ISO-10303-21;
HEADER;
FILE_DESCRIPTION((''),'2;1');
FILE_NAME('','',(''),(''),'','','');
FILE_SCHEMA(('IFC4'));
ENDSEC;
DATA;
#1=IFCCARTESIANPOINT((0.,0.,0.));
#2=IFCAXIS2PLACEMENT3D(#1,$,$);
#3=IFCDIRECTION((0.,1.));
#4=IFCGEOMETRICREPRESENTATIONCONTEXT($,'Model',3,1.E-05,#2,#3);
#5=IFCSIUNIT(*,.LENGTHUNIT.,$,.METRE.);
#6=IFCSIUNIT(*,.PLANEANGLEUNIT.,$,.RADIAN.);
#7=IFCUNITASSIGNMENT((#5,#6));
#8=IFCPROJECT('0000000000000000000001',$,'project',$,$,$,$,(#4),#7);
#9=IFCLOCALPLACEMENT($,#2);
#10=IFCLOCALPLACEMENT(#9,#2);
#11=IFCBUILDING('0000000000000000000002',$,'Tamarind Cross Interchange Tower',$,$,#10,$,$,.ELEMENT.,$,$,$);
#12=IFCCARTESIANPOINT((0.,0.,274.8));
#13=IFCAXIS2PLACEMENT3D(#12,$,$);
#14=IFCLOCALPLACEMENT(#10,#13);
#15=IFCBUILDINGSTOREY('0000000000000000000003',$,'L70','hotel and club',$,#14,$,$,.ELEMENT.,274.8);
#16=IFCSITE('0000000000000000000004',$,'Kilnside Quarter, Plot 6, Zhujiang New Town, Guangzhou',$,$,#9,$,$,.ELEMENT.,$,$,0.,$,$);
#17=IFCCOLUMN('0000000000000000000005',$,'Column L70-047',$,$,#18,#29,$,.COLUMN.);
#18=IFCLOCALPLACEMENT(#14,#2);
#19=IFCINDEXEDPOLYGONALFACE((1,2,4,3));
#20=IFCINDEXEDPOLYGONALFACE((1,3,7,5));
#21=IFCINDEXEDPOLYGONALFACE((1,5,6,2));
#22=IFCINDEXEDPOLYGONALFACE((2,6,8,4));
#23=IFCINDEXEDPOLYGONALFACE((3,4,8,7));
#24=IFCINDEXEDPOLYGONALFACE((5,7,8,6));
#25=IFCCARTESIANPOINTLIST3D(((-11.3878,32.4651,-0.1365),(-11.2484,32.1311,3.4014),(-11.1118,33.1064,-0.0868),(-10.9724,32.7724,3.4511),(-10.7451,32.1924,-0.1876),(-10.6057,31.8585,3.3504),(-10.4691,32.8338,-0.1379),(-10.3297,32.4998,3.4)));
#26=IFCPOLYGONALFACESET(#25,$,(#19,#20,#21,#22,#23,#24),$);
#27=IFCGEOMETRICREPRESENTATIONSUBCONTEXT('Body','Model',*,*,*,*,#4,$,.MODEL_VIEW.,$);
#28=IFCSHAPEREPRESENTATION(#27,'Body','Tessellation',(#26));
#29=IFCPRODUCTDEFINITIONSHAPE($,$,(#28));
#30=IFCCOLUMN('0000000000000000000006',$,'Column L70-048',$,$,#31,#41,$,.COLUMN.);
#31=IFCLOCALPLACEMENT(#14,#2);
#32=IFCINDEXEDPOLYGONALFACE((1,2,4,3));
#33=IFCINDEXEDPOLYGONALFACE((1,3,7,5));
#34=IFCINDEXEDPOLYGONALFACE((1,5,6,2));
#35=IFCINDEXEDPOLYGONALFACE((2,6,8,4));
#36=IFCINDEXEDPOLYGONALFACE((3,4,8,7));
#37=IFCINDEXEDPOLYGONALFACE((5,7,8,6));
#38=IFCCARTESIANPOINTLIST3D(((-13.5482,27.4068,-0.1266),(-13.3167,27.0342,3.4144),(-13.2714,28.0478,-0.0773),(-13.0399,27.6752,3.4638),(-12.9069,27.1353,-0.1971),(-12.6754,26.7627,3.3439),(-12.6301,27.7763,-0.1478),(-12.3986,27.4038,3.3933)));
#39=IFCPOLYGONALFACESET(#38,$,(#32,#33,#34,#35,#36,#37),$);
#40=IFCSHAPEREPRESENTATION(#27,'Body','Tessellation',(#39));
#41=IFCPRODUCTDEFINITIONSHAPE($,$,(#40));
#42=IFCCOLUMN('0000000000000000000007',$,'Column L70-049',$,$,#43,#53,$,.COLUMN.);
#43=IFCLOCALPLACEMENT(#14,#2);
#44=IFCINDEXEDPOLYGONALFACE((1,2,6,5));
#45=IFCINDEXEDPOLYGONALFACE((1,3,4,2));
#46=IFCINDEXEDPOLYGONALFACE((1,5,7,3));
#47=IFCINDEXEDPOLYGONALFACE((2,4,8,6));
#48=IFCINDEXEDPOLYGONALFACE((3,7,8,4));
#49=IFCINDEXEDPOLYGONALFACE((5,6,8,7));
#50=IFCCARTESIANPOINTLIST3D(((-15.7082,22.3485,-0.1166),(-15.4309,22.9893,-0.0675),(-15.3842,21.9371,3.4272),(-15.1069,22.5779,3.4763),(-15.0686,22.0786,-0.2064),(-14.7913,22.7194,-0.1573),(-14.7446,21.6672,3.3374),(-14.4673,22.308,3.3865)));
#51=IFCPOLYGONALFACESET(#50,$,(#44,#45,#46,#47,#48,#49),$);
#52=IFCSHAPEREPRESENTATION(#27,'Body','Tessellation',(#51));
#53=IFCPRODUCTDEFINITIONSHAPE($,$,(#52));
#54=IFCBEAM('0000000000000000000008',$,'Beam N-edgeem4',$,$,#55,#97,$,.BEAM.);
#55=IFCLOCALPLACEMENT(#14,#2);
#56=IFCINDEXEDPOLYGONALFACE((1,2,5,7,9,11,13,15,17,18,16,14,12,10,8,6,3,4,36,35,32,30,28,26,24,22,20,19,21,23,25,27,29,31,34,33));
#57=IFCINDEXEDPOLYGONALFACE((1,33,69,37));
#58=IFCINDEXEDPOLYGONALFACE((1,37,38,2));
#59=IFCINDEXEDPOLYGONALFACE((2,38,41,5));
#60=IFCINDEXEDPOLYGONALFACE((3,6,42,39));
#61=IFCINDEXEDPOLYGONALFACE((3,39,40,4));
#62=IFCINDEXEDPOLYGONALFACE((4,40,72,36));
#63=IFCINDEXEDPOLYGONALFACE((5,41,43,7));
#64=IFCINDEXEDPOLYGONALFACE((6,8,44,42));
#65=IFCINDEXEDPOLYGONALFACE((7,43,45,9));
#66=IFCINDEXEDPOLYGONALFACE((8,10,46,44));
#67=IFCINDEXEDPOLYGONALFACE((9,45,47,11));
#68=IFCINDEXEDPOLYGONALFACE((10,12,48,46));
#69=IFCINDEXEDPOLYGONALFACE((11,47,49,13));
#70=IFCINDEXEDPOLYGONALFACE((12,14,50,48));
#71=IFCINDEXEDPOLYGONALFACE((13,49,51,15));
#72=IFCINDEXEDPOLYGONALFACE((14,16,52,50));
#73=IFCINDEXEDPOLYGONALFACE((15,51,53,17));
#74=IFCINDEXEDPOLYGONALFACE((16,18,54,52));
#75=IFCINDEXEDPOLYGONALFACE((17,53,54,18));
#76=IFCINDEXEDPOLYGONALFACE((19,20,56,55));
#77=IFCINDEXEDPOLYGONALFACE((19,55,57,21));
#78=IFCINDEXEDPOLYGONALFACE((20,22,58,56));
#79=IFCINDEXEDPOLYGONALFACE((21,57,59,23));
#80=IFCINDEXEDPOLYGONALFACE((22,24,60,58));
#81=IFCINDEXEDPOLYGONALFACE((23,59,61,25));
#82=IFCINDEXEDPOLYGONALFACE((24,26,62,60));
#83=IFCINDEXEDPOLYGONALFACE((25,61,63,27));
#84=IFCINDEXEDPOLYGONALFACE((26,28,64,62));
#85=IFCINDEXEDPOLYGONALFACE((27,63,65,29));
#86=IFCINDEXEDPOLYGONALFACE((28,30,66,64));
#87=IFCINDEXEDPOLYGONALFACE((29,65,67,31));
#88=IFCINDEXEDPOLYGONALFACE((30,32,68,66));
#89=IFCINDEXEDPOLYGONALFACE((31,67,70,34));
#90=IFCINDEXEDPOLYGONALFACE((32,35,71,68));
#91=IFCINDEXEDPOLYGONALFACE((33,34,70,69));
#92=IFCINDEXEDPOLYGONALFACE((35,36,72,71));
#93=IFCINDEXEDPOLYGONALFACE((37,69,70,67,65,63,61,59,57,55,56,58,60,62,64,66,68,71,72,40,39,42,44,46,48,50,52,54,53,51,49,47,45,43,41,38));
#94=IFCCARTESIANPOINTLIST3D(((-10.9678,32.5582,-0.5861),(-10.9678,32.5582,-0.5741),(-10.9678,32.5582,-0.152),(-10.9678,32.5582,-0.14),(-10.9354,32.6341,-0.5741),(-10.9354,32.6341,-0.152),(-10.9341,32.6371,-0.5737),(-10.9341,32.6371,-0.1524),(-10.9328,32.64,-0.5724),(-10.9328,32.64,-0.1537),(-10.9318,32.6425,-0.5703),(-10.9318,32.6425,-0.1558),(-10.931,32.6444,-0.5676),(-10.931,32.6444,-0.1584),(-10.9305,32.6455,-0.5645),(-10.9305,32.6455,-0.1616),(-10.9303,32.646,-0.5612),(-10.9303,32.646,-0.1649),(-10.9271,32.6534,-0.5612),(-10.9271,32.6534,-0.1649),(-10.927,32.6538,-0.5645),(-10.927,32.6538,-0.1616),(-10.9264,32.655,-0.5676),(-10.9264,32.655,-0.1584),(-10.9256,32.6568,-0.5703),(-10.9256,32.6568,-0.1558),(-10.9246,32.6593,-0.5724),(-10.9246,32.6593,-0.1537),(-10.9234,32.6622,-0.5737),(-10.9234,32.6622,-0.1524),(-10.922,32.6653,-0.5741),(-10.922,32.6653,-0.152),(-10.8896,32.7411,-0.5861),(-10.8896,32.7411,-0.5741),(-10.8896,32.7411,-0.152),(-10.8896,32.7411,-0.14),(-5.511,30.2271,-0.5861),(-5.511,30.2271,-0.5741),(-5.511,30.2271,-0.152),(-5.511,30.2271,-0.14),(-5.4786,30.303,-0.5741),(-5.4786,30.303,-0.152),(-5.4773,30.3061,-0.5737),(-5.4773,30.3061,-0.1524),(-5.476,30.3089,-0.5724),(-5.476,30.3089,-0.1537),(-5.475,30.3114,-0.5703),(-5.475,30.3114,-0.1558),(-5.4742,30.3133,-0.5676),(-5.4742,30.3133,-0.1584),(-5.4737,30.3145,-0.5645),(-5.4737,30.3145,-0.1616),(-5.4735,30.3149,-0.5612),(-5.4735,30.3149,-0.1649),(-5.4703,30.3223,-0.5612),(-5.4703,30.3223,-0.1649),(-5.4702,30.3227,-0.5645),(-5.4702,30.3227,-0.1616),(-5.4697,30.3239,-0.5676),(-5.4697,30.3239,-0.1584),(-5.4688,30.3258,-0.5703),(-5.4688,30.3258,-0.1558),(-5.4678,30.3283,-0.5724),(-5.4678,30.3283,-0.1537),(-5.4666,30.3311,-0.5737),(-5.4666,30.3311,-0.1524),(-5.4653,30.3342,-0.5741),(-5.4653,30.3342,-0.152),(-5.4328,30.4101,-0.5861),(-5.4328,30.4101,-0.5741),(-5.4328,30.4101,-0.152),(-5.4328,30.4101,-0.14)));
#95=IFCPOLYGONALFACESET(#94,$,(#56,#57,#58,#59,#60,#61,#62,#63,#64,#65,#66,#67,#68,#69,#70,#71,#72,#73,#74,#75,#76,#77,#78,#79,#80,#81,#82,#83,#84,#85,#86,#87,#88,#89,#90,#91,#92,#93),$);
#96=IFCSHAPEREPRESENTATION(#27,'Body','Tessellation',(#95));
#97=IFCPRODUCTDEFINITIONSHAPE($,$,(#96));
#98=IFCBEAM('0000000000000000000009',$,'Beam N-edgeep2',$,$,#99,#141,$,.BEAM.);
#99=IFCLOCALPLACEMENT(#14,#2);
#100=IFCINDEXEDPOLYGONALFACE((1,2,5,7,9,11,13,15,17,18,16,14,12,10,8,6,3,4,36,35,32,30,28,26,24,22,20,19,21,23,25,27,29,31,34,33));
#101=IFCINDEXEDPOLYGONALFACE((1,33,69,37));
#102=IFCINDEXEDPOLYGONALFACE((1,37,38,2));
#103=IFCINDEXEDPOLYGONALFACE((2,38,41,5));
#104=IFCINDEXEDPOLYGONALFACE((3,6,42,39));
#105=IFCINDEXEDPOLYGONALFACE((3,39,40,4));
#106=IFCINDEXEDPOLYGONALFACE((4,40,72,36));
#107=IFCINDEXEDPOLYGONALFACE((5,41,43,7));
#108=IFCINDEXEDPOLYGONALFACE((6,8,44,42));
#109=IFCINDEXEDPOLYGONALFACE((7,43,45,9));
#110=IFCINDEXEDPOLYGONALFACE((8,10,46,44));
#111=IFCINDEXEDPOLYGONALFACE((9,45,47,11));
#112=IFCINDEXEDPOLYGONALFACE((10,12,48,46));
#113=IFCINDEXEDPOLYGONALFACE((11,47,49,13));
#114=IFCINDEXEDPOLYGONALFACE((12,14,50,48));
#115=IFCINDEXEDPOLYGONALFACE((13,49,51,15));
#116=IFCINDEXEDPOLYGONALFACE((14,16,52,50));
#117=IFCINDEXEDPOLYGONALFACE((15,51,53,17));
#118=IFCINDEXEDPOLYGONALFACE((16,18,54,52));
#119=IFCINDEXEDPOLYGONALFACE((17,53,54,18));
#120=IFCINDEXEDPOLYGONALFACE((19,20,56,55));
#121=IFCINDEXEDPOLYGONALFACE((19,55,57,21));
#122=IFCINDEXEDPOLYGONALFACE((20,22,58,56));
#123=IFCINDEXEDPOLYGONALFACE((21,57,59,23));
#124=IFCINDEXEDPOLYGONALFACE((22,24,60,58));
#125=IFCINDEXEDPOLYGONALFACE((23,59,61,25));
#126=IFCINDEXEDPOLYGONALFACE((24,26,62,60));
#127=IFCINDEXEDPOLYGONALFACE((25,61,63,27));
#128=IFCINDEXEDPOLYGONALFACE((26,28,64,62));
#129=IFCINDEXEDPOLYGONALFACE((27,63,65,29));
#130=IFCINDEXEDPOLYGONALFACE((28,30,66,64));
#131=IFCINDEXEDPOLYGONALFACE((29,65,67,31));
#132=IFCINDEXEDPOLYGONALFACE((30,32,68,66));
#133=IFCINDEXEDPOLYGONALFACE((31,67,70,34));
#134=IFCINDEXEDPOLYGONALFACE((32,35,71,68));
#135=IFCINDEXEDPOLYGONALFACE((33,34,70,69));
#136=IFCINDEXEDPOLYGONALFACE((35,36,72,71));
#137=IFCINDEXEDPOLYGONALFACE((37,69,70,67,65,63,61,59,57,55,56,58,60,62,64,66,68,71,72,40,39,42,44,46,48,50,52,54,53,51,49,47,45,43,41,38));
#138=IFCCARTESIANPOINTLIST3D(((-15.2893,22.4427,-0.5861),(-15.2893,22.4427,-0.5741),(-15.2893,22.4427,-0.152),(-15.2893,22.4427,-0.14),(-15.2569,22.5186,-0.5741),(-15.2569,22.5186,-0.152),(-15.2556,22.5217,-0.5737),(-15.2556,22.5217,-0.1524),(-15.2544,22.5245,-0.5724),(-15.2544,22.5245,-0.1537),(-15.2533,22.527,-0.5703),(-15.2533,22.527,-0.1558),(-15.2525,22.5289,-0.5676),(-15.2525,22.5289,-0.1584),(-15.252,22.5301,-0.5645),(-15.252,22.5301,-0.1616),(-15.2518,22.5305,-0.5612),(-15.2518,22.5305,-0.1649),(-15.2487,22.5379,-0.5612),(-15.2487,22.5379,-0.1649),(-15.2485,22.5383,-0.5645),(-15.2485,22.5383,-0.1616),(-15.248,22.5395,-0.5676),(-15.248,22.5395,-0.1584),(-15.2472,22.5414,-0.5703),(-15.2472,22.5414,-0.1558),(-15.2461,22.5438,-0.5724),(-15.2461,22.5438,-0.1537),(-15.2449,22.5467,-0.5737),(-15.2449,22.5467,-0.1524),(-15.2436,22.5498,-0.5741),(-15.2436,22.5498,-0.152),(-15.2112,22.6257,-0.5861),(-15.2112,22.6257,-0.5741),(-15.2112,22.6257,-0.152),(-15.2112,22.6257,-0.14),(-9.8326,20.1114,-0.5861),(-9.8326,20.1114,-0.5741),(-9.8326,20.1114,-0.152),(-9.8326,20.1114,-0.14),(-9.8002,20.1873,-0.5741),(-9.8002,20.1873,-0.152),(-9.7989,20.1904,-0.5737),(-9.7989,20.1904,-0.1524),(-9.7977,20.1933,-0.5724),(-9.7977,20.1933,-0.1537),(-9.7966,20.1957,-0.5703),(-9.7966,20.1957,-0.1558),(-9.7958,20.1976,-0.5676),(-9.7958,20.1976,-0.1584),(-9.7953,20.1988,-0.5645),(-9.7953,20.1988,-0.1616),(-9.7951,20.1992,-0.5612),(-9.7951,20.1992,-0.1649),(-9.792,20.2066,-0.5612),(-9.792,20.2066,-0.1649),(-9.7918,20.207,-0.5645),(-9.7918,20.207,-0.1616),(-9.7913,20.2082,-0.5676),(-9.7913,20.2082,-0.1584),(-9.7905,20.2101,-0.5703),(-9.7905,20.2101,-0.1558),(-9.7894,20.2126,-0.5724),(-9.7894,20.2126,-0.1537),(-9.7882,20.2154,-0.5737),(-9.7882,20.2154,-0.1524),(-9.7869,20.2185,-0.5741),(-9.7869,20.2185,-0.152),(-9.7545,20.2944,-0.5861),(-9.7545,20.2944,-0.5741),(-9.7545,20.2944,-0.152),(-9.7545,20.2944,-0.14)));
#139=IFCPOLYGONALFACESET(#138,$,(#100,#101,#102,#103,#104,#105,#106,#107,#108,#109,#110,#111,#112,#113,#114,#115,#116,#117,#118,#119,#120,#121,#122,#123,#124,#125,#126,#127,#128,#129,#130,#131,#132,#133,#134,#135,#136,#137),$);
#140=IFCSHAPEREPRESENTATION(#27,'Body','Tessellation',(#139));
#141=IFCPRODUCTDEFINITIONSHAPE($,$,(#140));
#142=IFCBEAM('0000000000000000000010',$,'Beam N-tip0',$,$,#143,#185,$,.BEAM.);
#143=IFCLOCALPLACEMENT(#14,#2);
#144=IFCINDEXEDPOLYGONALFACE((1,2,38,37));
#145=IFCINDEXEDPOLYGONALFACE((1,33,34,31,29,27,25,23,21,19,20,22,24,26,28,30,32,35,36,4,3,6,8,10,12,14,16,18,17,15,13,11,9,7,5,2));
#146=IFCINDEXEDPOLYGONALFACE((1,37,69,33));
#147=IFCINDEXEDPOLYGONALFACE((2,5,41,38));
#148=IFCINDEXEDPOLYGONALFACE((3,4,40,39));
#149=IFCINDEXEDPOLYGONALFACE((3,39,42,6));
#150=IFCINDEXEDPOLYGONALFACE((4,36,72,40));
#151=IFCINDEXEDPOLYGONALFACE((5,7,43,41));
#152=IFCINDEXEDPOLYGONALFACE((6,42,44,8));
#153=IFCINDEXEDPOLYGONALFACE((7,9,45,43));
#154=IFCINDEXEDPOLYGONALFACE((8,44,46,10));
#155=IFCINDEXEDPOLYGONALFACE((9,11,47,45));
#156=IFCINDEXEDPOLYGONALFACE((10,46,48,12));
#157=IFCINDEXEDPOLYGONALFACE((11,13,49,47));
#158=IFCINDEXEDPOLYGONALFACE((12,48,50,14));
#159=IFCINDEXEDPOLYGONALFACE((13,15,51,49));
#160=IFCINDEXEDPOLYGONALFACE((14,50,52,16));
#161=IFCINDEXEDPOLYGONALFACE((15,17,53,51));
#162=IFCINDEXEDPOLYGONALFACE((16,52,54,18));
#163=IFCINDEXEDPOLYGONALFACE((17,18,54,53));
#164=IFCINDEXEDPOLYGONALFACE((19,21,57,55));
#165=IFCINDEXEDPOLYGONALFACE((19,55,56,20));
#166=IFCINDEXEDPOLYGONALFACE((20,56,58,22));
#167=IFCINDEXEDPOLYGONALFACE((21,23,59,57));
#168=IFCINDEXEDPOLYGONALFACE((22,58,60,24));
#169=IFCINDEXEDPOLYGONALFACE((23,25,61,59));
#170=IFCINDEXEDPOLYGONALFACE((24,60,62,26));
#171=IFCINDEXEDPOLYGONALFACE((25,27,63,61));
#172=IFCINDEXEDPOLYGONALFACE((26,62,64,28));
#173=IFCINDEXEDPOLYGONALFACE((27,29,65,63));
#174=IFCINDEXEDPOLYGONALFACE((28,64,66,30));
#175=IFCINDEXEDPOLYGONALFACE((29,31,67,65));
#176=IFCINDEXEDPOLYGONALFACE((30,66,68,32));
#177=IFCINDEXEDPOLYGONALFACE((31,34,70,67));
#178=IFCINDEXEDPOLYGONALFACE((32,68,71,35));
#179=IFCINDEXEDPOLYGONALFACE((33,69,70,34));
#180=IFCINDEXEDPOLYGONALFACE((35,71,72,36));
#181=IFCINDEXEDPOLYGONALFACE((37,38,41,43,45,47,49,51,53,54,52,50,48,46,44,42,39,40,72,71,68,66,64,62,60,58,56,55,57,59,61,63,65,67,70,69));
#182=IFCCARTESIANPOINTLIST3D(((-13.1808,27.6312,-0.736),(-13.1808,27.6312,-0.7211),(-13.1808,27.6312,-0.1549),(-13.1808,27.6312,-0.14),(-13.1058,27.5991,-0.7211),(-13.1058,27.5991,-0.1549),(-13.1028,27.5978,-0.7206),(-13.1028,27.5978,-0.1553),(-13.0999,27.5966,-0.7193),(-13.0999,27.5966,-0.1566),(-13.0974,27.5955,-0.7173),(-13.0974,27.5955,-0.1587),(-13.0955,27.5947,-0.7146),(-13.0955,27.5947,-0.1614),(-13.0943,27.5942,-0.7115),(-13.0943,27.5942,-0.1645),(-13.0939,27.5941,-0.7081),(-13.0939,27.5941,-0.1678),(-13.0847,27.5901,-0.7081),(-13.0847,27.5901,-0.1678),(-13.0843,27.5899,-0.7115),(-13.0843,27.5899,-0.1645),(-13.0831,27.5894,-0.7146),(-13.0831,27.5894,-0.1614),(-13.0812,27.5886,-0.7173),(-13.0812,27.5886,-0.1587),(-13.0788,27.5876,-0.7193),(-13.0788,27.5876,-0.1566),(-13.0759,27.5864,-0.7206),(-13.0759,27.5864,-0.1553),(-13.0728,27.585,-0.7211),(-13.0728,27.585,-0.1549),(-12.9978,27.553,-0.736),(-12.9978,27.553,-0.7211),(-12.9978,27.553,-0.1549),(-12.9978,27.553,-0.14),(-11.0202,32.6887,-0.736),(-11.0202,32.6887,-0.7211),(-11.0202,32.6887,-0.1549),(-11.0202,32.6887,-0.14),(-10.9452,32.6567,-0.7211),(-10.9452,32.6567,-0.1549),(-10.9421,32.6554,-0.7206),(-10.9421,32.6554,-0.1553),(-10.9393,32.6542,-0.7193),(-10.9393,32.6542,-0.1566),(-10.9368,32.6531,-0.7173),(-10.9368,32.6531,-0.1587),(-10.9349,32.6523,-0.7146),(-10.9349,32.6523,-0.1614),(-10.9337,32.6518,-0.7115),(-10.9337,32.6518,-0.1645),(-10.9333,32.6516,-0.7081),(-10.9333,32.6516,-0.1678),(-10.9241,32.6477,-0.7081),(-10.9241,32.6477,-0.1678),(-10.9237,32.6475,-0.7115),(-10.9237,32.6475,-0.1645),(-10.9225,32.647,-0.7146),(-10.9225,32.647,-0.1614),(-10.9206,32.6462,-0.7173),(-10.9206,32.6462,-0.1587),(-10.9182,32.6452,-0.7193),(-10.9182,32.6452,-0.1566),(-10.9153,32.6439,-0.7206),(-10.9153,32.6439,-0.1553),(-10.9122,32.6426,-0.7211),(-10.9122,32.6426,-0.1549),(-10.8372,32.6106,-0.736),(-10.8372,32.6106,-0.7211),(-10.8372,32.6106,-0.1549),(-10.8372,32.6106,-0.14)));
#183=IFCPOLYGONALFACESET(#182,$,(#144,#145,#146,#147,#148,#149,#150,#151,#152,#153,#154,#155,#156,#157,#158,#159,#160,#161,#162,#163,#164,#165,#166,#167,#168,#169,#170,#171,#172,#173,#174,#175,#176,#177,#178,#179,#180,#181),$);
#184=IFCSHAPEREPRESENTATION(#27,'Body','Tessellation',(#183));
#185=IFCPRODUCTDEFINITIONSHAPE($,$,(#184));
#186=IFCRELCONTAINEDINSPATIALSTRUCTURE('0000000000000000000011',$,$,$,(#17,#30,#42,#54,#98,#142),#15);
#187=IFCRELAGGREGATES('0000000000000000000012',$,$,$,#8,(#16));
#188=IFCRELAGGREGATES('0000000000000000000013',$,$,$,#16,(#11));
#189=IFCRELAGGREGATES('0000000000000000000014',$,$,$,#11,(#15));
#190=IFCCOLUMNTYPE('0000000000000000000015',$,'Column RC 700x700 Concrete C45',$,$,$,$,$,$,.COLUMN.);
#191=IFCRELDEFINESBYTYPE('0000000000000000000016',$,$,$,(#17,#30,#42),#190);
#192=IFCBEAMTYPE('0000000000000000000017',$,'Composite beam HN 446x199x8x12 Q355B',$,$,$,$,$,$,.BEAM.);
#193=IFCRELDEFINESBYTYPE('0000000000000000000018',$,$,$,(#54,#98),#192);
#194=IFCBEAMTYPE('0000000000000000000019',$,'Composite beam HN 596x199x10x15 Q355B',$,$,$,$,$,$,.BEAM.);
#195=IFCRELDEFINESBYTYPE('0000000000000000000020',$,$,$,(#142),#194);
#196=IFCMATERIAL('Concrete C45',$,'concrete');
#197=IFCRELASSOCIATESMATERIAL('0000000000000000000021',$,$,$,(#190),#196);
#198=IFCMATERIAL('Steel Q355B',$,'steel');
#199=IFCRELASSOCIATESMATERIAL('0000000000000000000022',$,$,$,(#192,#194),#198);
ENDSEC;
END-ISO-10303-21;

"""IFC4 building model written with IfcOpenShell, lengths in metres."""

from ifc_helpers import new_model, si_unit, direction, frame, origin, origin_2d, place, context, subcontext, project, spatial, rectangle, i_section, extrude, material, material_profile, profile_set, type_object, element, save


model = new_model("IFC4")

# Units and contexts
model_context = context("Model", 3, precision=1e-05, world=origin(), true_north=direction((0.0, 1.0)))
body_context = subcontext(model_context, "Body", "Model", "MODEL_VIEW")
ifc_project = project(units=[si_unit("LENGTHUNIT", "METRE"), si_unit("PLANEANGLEUNIT", "RADIAN")], contexts=[model_context])

# Site, building, storey
site_placement = place(None, origin())
site = spatial("IfcSite", under=ifc_project, at=site_placement, Name="Kilnside Quarter, Plot 6, Zhujiang New Town, Guangzhou", CompositionType="ELEMENT", RefElevation=0.0)
building_placement = place(site_placement, origin())
building = spatial("IfcBuilding", under=site, at=building_placement, Name="Tamarind Cross Interchange Tower", CompositionType="ELEMENT")
storey_placement = place(building_placement, frame((0.0, 0.0, 274.8)))
storey = spatial("IfcBuildingStorey", under=building, at=storey_placement, Name="L70", Description="hotel and club", CompositionType="ELEMENT", Elevation=274.8)

# Columns
ifc_material_1 = material(Name="Concrete C45", Category="concrete")
ifc_material_profile_1 = material_profile(ifc_material_1, rectangle(XDim=0.7, YDim=0.7, at=origin_2d()), Name="RC 700x700")
ifc_profile_set_1 = profile_set([ifc_material_profile_1], Name="Concrete C45")
column_type = type_object("IfcColumnType", Name="Column RC 700x700 Concrete C45", PredefinedType="COLUMN", material=ifc_profile_set_1)
column_1_placement = place(storey_placement, frame((-10.9285, 32.6494, -0.1372), z_axis=(0.039199, -0.093913, 0.994808), x_axis=(0.394305, 0.916236, 0.070959)))
element("IfcColumn", 1, at=column_1_placement, inside=storey, type_object=column_type, Name="Column L70-047", PredefinedType="COLUMN", context=body_context, shape_type="SweptSolid", body=[
    extrude(rectangle(XDim=0.7, YDim=0.7, at=origin_2d()), origin(), (0.0, 0.0, 1.0), 3.5564),
])
column_2_placement = place(storey_placement, frame((-13.0891, 27.5916, -0.1372), z_axis=(0.064866, -0.104414, 0.992416), x_axis=(0.39543, 0.915786, 0.070506)))
element("IfcColumn", 2, at=column_2_placement, inside=storey, type_object=column_type, Name="Column L70-048", PredefinedType="COLUMN", context=body_context, shape_type="SweptSolid", body=[
    extrude(rectangle(XDim=0.7, YDim=0.7, at=origin_2d()), origin(), (0.0, 0.0, 1.0), 3.5681),
])
column_3_placement = place(storey_placement, frame((-15.2498, 22.5339, -0.137), z_axis=(0.090441, -0.11484, 0.989258), x_axis=(0.396149, 0.915509, 0.070062)))
element("IfcColumn", 3, at=column_3_placement, inside=storey, type_object=column_type, Name="Column L70-049", PredefinedType="COLUMN", context=body_context, shape_type="SweptSolid", body=[
    extrude(rectangle(XDim=0.7, YDim=0.7, at=origin_2d()), origin(), (0.0, 0.0, 1.0), 3.5823),
])

# Beams
ifc_material_2 = material(Name="Steel Q355B", Category="steel")
ifc_material_profile_2 = material_profile(ifc_material_2, i_section(OverallWidth=0.199, OverallDepth=0.446, WebThickness=0.0081, FlangeThickness=0.012, FilletRadius=0.0129, at=origin_2d()), Name="HN 446x199x8x12")
ifc_profile_set_2 = profile_set([ifc_material_profile_2], Name="Steel Q355B")
beam_type_1 = type_object("IfcBeamType", Name="Composite beam HN 446x199x8x12 Q355B", PredefinedType="BEAM", material=ifc_profile_set_2)
for number, where, z_axis, x_axis, name in (
    (4, (-10.9287, 32.6497, -0.363), (0.919606, -0.392841, 0.0), (0.392841, 0.919606, 0.0), "Beam N-edgeem4"),
    (5, (-15.2502, 22.5342, -0.363), (0.919591, -0.392876, 0.0), (0.392876, 0.919591, 0.0), "Beam N-edgeep2"),
):
    element("IfcBeam", number, at=place(storey_placement, frame(where, z_axis=z_axis, x_axis=x_axis)), inside=storey, type_object=beam_type_1, Name=name, PredefinedType="BEAM", context=body_context, shape_type="SweptSolid", body=[
        extrude(i_section(OverallWidth=0.199, OverallDepth=0.446, WebThickness=0.0081, FlangeThickness=0.012, FilletRadius=0.0129, at=origin_2d()), origin(), (0.0, 0.0, 1.0), 5.9338),
    ])
ifc_material_profile_3 = material_profile(ifc_material_2, i_section(OverallWidth=0.199, OverallDepth=0.5959, WebThickness=0.01, FlangeThickness=0.0149, FilletRadius=0.0129, at=origin_2d()), Name="HN 596x199x10x15")
ifc_profile_set_3 = profile_set([ifc_material_profile_3], Name="Steel Q355B")
beam_type_2 = type_object("IfcBeamType", Name="Composite beam HN 596x199x10x15 Q355B", PredefinedType="BEAM", material=ifc_profile_set_3)
beam_1_placement = place(storey_placement, frame((-10.9287, 32.6497, -0.438), z_axis=(-0.392858, -0.919599, 0.0), x_axis=(0.919599, -0.392858, 0.0)))
element("IfcBeam", 6, at=beam_1_placement, inside=storey, type_object=beam_type_2, Name="Beam N-tip0", PredefinedType="BEAM", context=body_context, shape_type="SweptSolid", body=[
    extrude(i_section(OverallWidth=0.199, OverallDepth=0.5959, WebThickness=0.01, FlangeThickness=0.0149, FilletRadius=0.0129, at=origin_2d()), origin(), (0.0, 0.0, 1.0), 5.4998),
])

save(model, "model.ifc")
